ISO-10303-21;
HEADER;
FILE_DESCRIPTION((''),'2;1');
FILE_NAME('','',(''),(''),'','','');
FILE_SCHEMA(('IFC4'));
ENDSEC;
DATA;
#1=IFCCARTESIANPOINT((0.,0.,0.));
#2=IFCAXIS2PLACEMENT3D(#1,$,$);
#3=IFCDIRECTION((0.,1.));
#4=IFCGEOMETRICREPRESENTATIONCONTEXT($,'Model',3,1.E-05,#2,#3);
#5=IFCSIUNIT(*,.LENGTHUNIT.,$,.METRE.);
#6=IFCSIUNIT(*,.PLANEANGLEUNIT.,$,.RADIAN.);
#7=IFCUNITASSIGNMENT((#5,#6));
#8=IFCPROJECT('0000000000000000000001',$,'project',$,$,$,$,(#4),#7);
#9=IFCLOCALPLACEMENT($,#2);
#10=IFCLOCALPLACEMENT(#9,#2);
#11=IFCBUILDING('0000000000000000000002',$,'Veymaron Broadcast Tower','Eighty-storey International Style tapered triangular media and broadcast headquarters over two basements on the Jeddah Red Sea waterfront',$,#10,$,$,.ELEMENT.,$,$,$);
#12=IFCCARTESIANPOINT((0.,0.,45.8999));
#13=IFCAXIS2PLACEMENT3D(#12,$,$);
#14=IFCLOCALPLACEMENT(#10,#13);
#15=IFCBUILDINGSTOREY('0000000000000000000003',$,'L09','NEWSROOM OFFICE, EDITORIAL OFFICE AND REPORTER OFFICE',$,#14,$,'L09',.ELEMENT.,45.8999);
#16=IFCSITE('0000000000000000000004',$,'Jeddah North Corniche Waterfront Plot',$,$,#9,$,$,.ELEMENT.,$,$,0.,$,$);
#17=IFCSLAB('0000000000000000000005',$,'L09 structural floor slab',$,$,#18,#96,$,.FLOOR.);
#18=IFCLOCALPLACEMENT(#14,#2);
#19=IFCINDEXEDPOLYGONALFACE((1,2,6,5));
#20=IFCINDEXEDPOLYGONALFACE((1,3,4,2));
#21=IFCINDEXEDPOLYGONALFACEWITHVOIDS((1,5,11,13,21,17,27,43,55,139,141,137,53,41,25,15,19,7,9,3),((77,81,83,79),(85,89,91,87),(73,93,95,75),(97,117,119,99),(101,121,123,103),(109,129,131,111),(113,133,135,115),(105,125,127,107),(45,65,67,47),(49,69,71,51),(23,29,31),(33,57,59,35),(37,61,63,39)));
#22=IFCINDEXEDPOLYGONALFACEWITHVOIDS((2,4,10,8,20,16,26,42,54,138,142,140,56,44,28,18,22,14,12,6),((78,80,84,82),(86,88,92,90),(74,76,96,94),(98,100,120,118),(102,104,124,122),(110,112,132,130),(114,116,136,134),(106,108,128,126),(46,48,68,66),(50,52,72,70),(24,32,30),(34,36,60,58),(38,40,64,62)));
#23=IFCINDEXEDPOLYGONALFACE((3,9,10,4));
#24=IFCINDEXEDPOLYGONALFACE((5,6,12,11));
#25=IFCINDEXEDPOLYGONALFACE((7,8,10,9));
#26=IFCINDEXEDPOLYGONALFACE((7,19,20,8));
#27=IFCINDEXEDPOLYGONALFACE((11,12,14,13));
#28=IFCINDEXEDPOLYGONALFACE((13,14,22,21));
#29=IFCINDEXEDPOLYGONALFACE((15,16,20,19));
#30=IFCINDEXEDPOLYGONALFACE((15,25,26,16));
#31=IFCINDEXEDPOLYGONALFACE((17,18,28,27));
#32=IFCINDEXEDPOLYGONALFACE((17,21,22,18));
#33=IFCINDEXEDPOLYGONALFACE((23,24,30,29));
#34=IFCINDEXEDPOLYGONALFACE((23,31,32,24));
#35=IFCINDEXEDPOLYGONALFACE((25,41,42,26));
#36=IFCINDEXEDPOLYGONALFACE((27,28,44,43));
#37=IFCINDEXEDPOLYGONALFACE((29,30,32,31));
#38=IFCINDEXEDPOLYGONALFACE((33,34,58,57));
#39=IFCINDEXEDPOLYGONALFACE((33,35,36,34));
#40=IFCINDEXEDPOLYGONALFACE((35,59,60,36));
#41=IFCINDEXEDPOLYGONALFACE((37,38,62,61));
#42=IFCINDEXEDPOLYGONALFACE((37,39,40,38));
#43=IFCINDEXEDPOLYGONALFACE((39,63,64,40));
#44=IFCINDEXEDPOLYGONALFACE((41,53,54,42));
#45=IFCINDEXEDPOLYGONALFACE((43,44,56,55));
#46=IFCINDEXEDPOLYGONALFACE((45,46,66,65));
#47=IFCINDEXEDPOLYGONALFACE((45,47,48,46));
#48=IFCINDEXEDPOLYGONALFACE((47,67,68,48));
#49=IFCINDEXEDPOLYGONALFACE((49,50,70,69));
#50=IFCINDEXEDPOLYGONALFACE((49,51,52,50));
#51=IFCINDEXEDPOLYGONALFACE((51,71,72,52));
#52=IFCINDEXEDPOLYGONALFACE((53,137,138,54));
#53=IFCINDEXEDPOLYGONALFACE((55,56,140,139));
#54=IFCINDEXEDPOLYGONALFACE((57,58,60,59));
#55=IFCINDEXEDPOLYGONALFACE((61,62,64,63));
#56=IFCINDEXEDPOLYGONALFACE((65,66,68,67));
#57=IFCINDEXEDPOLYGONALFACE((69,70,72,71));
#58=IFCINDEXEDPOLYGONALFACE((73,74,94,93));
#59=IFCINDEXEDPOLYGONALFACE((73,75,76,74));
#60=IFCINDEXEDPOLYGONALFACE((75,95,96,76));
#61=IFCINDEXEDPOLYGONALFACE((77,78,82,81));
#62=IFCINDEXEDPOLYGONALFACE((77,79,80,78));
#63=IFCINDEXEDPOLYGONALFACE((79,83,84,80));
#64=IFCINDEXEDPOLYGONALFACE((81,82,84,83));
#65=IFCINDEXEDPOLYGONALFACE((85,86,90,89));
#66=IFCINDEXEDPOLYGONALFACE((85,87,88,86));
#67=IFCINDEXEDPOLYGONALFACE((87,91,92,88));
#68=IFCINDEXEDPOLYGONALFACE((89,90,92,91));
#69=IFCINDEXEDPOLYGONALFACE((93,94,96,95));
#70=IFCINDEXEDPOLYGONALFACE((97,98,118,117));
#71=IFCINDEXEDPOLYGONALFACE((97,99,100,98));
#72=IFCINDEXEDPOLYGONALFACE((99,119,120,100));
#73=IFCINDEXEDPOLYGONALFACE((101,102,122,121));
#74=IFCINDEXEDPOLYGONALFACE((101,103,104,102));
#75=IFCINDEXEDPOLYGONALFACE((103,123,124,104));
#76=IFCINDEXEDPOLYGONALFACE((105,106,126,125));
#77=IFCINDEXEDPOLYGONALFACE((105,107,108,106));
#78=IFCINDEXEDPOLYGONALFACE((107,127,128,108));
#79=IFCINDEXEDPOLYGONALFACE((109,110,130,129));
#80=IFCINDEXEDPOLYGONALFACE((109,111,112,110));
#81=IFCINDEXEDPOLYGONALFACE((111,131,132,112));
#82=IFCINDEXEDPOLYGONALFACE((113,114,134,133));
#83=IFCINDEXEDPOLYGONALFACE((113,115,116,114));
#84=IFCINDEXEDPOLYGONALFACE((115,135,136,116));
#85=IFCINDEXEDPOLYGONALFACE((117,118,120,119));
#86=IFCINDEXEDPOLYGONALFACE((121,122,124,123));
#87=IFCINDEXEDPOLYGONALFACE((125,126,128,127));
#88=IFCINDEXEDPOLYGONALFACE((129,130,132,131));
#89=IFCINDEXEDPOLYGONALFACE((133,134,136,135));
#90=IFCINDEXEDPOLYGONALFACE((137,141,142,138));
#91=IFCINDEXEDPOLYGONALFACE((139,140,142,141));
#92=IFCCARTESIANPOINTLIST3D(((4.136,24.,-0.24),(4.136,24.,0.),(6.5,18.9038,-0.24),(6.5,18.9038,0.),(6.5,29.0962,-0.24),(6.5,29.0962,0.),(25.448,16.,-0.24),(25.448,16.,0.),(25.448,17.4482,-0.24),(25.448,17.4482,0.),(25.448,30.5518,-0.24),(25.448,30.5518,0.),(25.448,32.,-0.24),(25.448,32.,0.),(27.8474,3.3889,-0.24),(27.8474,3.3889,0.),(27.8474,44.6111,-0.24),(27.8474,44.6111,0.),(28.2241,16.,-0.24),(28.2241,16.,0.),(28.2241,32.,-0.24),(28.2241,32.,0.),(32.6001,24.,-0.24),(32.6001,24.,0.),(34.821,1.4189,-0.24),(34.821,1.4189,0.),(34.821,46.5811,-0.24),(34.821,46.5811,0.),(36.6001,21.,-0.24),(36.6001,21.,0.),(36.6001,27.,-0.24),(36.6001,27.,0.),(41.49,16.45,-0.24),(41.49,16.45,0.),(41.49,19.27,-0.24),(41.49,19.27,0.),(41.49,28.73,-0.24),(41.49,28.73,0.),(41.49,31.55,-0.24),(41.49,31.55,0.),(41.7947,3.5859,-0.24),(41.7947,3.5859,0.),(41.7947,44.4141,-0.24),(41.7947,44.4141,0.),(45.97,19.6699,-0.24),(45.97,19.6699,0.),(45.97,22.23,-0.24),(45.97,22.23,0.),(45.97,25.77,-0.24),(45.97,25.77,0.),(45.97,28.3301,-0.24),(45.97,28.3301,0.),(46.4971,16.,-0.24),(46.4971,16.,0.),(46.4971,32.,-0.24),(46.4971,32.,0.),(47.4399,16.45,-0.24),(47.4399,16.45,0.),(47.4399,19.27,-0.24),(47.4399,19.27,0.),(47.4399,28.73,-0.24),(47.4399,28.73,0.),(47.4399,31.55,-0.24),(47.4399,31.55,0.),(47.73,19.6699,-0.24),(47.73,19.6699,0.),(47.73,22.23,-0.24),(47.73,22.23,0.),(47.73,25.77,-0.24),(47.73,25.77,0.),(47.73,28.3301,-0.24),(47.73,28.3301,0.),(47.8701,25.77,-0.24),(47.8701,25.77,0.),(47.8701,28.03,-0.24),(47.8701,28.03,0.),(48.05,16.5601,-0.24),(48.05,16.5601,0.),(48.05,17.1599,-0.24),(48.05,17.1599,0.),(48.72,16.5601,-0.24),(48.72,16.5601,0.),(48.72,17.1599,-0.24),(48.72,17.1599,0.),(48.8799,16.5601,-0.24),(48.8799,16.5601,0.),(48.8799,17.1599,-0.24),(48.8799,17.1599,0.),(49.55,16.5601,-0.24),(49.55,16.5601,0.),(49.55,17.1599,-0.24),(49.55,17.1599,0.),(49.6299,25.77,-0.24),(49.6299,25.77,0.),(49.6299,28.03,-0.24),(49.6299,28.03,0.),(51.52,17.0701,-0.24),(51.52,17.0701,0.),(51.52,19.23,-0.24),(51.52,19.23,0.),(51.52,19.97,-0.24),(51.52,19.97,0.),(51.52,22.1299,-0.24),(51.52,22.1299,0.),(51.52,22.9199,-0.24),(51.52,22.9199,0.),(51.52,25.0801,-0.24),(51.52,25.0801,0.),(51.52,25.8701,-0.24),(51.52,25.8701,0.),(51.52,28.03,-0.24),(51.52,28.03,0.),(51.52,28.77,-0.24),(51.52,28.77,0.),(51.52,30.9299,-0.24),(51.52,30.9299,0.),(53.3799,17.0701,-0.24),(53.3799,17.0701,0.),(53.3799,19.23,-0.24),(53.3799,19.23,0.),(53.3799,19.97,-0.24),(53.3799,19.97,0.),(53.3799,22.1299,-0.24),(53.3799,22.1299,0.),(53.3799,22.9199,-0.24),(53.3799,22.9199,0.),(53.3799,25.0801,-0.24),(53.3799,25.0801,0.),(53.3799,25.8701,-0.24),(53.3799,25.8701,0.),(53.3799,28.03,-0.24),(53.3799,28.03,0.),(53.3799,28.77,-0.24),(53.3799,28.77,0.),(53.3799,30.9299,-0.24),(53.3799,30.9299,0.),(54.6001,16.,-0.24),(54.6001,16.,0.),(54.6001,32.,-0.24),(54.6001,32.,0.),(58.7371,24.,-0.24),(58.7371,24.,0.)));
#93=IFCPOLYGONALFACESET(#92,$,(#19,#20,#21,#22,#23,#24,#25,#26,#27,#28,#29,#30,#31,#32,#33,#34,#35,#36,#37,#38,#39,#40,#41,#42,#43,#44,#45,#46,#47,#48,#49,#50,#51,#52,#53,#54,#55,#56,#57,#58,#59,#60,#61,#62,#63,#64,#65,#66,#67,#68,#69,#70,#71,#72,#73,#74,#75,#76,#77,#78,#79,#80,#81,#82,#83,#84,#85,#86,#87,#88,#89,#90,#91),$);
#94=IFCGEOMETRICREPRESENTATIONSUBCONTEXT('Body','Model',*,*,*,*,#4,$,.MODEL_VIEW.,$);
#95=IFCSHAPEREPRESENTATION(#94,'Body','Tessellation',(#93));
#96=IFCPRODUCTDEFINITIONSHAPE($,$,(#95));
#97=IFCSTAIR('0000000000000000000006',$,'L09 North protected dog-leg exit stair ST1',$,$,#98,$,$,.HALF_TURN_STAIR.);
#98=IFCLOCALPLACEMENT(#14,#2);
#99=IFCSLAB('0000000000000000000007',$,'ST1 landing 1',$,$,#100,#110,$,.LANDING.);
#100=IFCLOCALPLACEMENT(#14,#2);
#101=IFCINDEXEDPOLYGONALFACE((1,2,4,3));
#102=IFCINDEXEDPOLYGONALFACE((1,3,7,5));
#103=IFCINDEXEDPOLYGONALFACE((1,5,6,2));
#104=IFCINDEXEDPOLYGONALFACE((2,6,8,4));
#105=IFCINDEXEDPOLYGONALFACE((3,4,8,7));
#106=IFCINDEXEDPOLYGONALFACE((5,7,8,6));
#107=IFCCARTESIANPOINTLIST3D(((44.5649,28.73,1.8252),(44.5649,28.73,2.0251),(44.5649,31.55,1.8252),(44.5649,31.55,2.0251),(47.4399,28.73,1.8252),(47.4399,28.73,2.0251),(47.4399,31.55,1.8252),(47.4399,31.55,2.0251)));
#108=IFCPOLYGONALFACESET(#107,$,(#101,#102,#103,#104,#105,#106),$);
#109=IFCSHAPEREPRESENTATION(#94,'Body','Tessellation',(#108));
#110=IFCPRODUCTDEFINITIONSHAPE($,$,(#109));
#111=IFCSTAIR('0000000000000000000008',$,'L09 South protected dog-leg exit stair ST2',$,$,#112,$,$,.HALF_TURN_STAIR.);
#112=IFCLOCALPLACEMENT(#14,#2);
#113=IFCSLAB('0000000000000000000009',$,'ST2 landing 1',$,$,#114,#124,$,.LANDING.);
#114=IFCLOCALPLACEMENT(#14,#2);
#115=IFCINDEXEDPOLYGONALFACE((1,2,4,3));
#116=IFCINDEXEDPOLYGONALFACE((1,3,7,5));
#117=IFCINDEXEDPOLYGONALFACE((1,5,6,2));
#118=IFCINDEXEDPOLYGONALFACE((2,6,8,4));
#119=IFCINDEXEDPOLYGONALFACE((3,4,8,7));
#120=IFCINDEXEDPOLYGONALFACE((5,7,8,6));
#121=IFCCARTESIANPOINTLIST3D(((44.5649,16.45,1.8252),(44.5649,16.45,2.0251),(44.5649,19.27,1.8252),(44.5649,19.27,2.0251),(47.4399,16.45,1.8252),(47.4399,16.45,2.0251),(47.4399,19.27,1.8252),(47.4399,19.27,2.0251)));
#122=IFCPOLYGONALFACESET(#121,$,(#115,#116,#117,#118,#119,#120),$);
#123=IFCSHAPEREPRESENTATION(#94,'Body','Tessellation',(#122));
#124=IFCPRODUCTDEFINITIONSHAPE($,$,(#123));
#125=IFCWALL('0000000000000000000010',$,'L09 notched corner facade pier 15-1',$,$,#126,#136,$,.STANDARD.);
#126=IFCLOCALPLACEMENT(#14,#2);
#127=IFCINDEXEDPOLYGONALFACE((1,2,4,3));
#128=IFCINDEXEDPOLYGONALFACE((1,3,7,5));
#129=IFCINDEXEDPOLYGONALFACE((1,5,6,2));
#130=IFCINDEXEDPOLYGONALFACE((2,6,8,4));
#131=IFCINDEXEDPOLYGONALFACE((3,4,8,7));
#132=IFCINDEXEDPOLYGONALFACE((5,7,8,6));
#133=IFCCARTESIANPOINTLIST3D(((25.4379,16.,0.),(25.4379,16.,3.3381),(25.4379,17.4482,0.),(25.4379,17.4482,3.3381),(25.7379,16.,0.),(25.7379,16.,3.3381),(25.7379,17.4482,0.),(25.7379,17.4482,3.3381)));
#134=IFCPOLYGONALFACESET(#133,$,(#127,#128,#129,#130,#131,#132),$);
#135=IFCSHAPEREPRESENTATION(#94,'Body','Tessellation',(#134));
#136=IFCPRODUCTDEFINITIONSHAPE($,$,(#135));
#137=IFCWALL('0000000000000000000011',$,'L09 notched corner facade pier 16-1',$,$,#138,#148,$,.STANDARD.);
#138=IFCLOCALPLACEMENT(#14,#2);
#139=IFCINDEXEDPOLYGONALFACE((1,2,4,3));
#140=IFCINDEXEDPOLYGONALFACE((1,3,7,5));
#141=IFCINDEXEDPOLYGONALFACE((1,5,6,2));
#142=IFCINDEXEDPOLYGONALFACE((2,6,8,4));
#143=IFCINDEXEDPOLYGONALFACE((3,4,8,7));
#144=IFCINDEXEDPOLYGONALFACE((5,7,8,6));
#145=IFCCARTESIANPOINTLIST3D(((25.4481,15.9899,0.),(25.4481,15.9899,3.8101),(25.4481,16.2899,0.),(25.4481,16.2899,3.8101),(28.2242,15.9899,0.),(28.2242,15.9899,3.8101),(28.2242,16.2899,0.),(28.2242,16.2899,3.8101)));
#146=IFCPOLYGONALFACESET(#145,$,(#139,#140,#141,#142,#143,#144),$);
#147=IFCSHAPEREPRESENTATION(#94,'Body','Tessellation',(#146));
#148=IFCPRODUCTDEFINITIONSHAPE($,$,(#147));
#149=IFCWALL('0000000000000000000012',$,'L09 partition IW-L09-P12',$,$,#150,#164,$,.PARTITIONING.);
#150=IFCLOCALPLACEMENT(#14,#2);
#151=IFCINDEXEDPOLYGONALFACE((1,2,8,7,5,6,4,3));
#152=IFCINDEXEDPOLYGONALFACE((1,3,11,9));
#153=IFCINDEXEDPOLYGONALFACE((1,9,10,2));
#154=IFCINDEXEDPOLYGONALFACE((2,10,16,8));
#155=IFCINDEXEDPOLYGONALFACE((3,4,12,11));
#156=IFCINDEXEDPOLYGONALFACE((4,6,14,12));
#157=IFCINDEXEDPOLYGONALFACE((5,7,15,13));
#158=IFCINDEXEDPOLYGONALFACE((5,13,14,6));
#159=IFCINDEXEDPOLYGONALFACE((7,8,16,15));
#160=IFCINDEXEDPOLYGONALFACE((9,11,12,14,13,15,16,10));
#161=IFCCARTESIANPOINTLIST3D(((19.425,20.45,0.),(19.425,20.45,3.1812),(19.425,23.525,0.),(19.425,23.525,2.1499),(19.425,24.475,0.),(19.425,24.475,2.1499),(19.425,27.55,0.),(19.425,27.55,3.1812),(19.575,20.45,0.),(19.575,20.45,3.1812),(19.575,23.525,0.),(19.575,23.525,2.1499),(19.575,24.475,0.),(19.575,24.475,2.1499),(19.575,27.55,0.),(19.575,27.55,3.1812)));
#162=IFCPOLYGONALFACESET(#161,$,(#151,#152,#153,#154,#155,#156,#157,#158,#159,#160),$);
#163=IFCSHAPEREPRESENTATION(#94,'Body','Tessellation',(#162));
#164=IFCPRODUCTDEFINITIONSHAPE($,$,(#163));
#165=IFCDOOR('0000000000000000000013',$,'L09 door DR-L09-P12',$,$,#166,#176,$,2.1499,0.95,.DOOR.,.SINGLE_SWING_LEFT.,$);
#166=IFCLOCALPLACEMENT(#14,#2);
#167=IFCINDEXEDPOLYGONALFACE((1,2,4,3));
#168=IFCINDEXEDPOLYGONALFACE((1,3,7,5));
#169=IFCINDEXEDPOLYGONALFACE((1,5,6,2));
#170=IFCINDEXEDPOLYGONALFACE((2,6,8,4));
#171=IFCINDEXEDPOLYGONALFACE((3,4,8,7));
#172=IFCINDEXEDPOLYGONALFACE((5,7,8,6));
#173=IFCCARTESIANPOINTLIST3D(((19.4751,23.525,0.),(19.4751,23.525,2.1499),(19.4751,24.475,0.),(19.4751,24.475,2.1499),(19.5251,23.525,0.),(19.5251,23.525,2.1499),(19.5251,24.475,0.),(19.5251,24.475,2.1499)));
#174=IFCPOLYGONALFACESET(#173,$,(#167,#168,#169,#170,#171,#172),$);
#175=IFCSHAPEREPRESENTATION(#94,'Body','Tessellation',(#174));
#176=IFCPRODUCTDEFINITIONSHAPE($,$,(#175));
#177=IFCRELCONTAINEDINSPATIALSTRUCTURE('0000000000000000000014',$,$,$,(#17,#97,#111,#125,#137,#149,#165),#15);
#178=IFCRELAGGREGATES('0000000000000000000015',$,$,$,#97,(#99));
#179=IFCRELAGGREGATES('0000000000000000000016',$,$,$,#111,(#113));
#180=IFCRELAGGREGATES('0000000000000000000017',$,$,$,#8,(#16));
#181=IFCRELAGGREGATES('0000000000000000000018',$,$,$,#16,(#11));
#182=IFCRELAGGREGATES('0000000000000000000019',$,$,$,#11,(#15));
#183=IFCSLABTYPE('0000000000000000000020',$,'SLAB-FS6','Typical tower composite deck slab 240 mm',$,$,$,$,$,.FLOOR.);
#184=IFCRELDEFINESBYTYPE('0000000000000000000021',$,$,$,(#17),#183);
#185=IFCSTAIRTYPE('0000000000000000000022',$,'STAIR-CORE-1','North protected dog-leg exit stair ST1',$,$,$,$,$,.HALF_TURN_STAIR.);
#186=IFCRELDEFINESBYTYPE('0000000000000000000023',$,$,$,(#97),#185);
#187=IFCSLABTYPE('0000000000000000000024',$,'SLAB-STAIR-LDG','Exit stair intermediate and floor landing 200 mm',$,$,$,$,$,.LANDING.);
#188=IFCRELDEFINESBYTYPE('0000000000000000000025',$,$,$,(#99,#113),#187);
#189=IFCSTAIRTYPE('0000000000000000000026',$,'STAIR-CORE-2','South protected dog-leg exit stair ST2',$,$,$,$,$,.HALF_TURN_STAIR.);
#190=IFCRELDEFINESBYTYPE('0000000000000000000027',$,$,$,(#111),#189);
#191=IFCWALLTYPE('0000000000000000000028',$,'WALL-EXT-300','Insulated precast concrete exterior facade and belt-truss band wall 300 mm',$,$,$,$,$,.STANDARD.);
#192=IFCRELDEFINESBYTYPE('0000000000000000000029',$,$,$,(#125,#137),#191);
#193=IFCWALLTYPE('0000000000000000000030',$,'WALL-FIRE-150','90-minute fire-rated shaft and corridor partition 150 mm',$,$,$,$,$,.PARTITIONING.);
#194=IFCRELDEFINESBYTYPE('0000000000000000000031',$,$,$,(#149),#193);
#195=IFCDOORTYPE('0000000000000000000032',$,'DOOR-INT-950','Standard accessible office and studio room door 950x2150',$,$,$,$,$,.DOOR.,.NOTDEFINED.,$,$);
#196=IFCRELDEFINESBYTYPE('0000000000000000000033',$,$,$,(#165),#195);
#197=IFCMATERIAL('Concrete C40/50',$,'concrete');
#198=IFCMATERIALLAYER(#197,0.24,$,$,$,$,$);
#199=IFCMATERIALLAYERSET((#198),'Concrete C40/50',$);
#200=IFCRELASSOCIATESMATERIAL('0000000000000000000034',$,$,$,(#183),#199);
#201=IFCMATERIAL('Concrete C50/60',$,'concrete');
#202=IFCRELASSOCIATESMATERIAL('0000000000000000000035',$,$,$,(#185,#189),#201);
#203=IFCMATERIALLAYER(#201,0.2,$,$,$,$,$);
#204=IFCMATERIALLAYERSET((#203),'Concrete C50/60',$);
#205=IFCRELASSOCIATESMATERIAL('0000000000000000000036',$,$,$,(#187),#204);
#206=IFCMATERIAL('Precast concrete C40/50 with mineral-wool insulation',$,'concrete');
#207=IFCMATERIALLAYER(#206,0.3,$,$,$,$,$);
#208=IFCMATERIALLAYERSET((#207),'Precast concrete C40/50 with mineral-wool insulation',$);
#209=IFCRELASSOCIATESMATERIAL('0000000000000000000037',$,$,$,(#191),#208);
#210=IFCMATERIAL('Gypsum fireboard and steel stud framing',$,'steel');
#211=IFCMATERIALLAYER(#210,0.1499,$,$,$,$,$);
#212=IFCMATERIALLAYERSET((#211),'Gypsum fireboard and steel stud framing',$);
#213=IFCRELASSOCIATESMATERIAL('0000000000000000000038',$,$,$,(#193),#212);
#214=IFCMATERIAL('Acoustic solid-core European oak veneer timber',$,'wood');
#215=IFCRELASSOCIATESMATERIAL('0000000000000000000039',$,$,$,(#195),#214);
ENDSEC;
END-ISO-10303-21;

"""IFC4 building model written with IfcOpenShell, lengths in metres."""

from ifc_helpers import new_model, si_unit, direction, frame, frame_2d, origin, place, context, subcontext, project, spatial, polyline, rectangle, outline, extrude, material, layer, layer_set, type_object, element, fill, aggregate, save


model = new_model("IFC4")

# Units and contexts
model_context = context("Model", 3, precision=1e-05, world=origin(), true_north=direction((0.0, 1.0)))
body_context = subcontext(model_context, "Body", "Model", "MODEL_VIEW")
ifc_project = project(units=[si_unit("LENGTHUNIT", "METRE"), si_unit("PLANEANGLEUNIT", "RADIAN")], contexts=[model_context])

# Site, building, storey
site_placement = place(None, origin())
site = spatial("IfcSite", under=ifc_project, at=site_placement, Name="Jeddah North Corniche Waterfront Plot", CompositionType="ELEMENT", RefElevation=0.0)
building_placement = place(site_placement, origin())
building = spatial("IfcBuilding", under=site, at=building_placement, Name="Veymaron Broadcast Tower", Description="Eighty-storey International Style tapered triangular media and broadcast headquarters over two basements on the Jeddah Red Sea waterfront", CompositionType="ELEMENT")
storey_placement = place(building_placement, frame((0.0, 0.0, 45.8999)))
storey = spatial("IfcBuildingStorey", under=building, at=storey_placement, Name="L09", Description="NEWSROOM OFFICE, EDITORIAL OFFICE AND REPORTER OFFICE", LongName="L09", CompositionType="ELEMENT", Elevation=45.8999)

# Slab
ifc_material_1 = material(Name="Concrete C40/50", Category="concrete")
ifc_layer_1 = layer(ifc_material_1, 0.24)
ifc_layer_set_1 = layer_set([ifc_layer_1], Name="Concrete C40/50")
slab_type_1 = type_object("IfcSlabType", Name="SLAB-FS6", Description="Typical tower composite deck slab 240 mm", PredefinedType="FLOOR", material=ifc_layer_set_1)
slab_1_placement = place(storey_placement, frame((0.0, 0.0, -0.24)))
element("IfcSlab", 1, at=slab_1_placement, inside=storey, type_object=slab_type_1, Name="L09 structural floor slab", PredefinedType="FLOOR", context=body_context, shape_type="SweptSolid", body=[
    extrude(outline(polyline([(46.4971, 16.0), (54.6001, 16.0), (58.7371, 24.0), (54.6001, 32.0), (46.4971, 32.0), (41.7947, 44.4141), (34.821, 46.5811), (27.8474, 44.6111), (28.2241, 32.0), (25.448, 32.0), (25.448, 30.5518), (6.5, 29.0962), (4.136, 24.0), (6.5, 18.9038), (25.448, 17.4482), (25.448, 16.0), (28.2241, 16.0), (27.8474, 3.3889), (34.821, 1.4189), (41.7947, 3.5859), (46.4971, 16.0)]), holes=[polyline([(45.97, 28.3301), (47.73, 28.3301), (47.73, 25.77), (45.97, 25.77), (45.97, 28.3301)]), polyline([(45.97, 22.23), (47.73, 22.23), (47.73, 19.6699), (45.97, 19.6699), (45.97, 22.23)]), polyline([(47.8701, 28.03), (49.6299, 28.03), (49.6299, 25.77), (47.8701, 25.77), (47.8701, 28.03)]), polyline([(51.52, 30.9299), (53.3799, 30.9299), (53.3799, 28.77), (51.52, 28.77), (51.52, 30.9299)]), polyline([(51.52, 28.03), (53.3799, 28.03), (53.3799, 25.8701), (51.52, 25.8701), (51.52, 28.03)]), polyline([(51.52, 22.1299), (53.3799, 22.1299), (53.3799, 19.97), (51.52, 19.97), (51.52, 22.1299)]), polyline([(51.52, 25.0801), (53.3799, 25.0801), (53.3799, 22.9199), (51.52, 22.9199), (51.52, 25.0801)]), polyline([(51.52, 19.23), (53.3799, 19.23), (53.3799, 17.0701), (51.52, 17.0701), (51.52, 19.23)]), polyline([(48.05, 17.1599), (48.72, 17.1599), (48.72, 16.5601), (48.05, 16.5601), (48.05, 17.1599)]), polyline([(48.8799, 17.1599), (49.55, 17.1599), (49.55, 16.5601), (48.8799, 16.5601), (48.8799, 17.1599)]), polyline([(36.6001, 27.0), (36.6001, 21.0), (32.6001, 24.0), (36.6001, 27.0)]), polyline([(41.49, 31.55), (47.4399, 31.55), (47.4399, 28.73), (41.49, 28.73), (41.49, 31.55)]), polyline([(41.49, 19.27), (47.4399, 19.27), (47.4399, 16.45), (41.49, 16.45), (41.49, 19.27)])]), origin(), (0.0, 0.0, 1.0), 0.24),
])

# Stairs, slabs
ifc_material_2 = material(Name="Concrete C50/60", Category="concrete")
stair_type_1 = type_object("IfcStairType", Name="STAIR-CORE-1", Description="North protected dog-leg exit stair ST1", PredefinedType="HALF_TURN_STAIR", material=ifc_material_2)
stair_1_placement = place(storey_placement, origin())
stair_1 = element("IfcStair", 2, at=stair_1_placement, inside=storey, type_object=stair_type_1, Name="L09 North protected dog-leg exit stair ST1", PredefinedType="HALF_TURN_STAIR")
ifc_layer_2 = layer(ifc_material_2, 0.2)
ifc_layer_set_2 = layer_set([ifc_layer_2], Name="Concrete C50/60")
slab_type_2 = type_object("IfcSlabType", Name="SLAB-STAIR-LDG", Description="Exit stair intermediate and floor landing 200 mm", PredefinedType="LANDING", material=ifc_layer_set_2)
slab_2_placement = place(storey_placement, frame((0.0, 0.0, 1.8252)))
slab_2 = element("IfcSlab", 3, at=slab_2_placement, type_object=slab_type_2, Name="ST1 landing 1", PredefinedType="LANDING", context=body_context, shape_type="SweptSolid", body=[
    extrude(outline(polyline([(44.5649, 28.73), (47.4399, 28.73), (47.4399, 31.55), (44.5649, 31.55), (44.5649, 28.73)])), origin(), (0.0, 0.0, 1.0), 0.2),
])
aggregate(stair_1, [slab_2])
stair_type_2 = type_object("IfcStairType", Name="STAIR-CORE-2", Description="South protected dog-leg exit stair ST2", PredefinedType="HALF_TURN_STAIR", material=ifc_material_2)
stair_2_placement = place(storey_placement, origin())
stair_2 = element("IfcStair", 4, at=stair_2_placement, inside=storey, type_object=stair_type_2, Name="L09 South protected dog-leg exit stair ST2", PredefinedType="HALF_TURN_STAIR")
slab_3_placement = place(storey_placement, frame((0.0, 0.0, 1.8252)))
slab_3 = element("IfcSlab", 5, at=slab_3_placement, type_object=slab_type_2, Name="ST2 landing 1", PredefinedType="LANDING", context=body_context, shape_type="SweptSolid", body=[
    extrude(outline(polyline([(44.5649, 16.45), (47.4399, 16.45), (47.4399, 19.27), (44.5649, 19.27), (44.5649, 16.45)])), origin(), (0.0, 0.0, 1.0), 0.2),
])
aggregate(stair_2, [slab_3])

# Walls
ifc_material_3 = material(Name="Precast concrete C40/50 with mineral-wool insulation", Category="concrete")
ifc_layer_3 = layer(ifc_material_3, 0.3)
ifc_layer_set_3 = layer_set([ifc_layer_3], Name="Precast concrete C40/50 with mineral-wool insulation")
wall_type_1 = type_object("IfcWallType", Name="WALL-EXT-300", Description="Insulated precast concrete exterior facade and belt-truss band wall 300 mm", PredefinedType="STANDARD", material=ifc_layer_set_3)
wall_1_placement = place(storey_placement, frame((25.5879, 17.4482, 0.0), z_axis=(0.0, 0.0, 1.0), x_axis=(0.0, -1.0, 0.0)))
element("IfcWall", 6, at=wall_1_placement, inside=storey, type_object=wall_type_1, Name="L09 notched corner facade pier 15-1", PredefinedType="STANDARD", context=body_context, shape_type="SweptSolid", body=[
    extrude(rectangle(XDim=1.4482, YDim=0.3, at=frame_2d((0.7241, 0.0))), origin(), (0.0, 0.0, 1.0), 3.3381),
])
wall_2_placement = place(storey_placement, frame((25.448, 16.1399, 0.0), z_axis=(0.0, 0.0, 1.0), x_axis=(1.0, 0.0, 0.0)))
element("IfcWall", 7, at=wall_2_placement, inside=storey, type_object=wall_type_1, Name="L09 notched corner facade pier 16-1", PredefinedType="STANDARD", context=body_context, shape_type="SweptSolid", body=[
    extrude(rectangle(XDim=2.7761, YDim=0.3, at=frame_2d((1.3882, 0.0))), origin(), (0.0, 0.0, 1.0), 3.8101),
])

# Wall, opening, door
ifc_material_4 = material(Name="Gypsum fireboard and steel stud framing", Category="steel")
ifc_layer_4 = layer(ifc_material_4, 0.1499)
ifc_layer_set_4 = layer_set([ifc_layer_4], Name="Gypsum fireboard and steel stud framing")
wall_type_2 = type_object("IfcWallType", Name="WALL-FIRE-150", Description="90-minute fire-rated shaft and corridor partition 150 mm", PredefinedType="PARTITIONING", material=ifc_layer_set_4)
wall_3_placement = place(storey_placement, frame((19.5, 20.45, 0.0), z_axis=(0.0, 0.0, 1.0), x_axis=(0.0, 1.0, 0.0)))
wall_3 = element("IfcWall", 8, at=wall_3_placement, inside=storey, type_object=wall_type_2, Name="L09 partition IW-L09-P12", PredefinedType="PARTITIONING", context=body_context, shape_type="SweptSolid", body=[
    extrude(rectangle(XDim=7.1001, YDim=0.1499, at=frame_2d((3.55, 0.0))), origin(), (0.0, 0.0, 1.0), 3.1812),
])
opening_1_placement = place(wall_3_placement, frame((3.075, 0.0, 0.0)))
opening_1 = element("IfcOpeningElement", 9, at=opening_1_placement, cuts=wall_3, PredefinedType="OPENING", context=body_context, shape_type="SweptSolid", body=[
    extrude(rectangle(XDim=0.95, YDim=2.1499, at=frame_2d((0.4751, 1.075))), frame((0.0, 0.085, 0.0), z_axis=(0.0, -1.0, 0.0), x_axis=(1.0, 0.0, 0.0)), (0.0, 0.0, 1.0), 0.1699),
])
ifc_material_5 = material(Name="Acoustic solid-core European oak veneer timber", Category="wood")
door_type = type_object("IfcDoorType", Name="DOOR-INT-950", Description="Standard accessible office and studio room door 950x2150", OperationType="NOTDEFINED", PredefinedType="DOOR", material=ifc_material_5)
door_1_placement = place(opening_1_placement, origin())
door_1 = element("IfcDoor", 10, at=door_1_placement, inside=storey, type_object=door_type, Name="L09 door DR-L09-P12", OperationType="SINGLE_SWING_LEFT", OverallHeight=2.1499, OverallWidth=0.95, PredefinedType="DOOR", context=body_context, shape_type="SweptSolid", body=[
    extrude(rectangle(XDim=0.95, YDim=2.1499, at=frame_2d((0.4751, 1.075))), frame((0.0, 0.0249, 0.0), z_axis=(0.0, -1.0, 0.0), x_axis=(1.0, 0.0, 0.0)), (0.0, 0.0, 1.0), 0.05),
])
fill(opening_1, door_1)

save(model, "model.ifc")
